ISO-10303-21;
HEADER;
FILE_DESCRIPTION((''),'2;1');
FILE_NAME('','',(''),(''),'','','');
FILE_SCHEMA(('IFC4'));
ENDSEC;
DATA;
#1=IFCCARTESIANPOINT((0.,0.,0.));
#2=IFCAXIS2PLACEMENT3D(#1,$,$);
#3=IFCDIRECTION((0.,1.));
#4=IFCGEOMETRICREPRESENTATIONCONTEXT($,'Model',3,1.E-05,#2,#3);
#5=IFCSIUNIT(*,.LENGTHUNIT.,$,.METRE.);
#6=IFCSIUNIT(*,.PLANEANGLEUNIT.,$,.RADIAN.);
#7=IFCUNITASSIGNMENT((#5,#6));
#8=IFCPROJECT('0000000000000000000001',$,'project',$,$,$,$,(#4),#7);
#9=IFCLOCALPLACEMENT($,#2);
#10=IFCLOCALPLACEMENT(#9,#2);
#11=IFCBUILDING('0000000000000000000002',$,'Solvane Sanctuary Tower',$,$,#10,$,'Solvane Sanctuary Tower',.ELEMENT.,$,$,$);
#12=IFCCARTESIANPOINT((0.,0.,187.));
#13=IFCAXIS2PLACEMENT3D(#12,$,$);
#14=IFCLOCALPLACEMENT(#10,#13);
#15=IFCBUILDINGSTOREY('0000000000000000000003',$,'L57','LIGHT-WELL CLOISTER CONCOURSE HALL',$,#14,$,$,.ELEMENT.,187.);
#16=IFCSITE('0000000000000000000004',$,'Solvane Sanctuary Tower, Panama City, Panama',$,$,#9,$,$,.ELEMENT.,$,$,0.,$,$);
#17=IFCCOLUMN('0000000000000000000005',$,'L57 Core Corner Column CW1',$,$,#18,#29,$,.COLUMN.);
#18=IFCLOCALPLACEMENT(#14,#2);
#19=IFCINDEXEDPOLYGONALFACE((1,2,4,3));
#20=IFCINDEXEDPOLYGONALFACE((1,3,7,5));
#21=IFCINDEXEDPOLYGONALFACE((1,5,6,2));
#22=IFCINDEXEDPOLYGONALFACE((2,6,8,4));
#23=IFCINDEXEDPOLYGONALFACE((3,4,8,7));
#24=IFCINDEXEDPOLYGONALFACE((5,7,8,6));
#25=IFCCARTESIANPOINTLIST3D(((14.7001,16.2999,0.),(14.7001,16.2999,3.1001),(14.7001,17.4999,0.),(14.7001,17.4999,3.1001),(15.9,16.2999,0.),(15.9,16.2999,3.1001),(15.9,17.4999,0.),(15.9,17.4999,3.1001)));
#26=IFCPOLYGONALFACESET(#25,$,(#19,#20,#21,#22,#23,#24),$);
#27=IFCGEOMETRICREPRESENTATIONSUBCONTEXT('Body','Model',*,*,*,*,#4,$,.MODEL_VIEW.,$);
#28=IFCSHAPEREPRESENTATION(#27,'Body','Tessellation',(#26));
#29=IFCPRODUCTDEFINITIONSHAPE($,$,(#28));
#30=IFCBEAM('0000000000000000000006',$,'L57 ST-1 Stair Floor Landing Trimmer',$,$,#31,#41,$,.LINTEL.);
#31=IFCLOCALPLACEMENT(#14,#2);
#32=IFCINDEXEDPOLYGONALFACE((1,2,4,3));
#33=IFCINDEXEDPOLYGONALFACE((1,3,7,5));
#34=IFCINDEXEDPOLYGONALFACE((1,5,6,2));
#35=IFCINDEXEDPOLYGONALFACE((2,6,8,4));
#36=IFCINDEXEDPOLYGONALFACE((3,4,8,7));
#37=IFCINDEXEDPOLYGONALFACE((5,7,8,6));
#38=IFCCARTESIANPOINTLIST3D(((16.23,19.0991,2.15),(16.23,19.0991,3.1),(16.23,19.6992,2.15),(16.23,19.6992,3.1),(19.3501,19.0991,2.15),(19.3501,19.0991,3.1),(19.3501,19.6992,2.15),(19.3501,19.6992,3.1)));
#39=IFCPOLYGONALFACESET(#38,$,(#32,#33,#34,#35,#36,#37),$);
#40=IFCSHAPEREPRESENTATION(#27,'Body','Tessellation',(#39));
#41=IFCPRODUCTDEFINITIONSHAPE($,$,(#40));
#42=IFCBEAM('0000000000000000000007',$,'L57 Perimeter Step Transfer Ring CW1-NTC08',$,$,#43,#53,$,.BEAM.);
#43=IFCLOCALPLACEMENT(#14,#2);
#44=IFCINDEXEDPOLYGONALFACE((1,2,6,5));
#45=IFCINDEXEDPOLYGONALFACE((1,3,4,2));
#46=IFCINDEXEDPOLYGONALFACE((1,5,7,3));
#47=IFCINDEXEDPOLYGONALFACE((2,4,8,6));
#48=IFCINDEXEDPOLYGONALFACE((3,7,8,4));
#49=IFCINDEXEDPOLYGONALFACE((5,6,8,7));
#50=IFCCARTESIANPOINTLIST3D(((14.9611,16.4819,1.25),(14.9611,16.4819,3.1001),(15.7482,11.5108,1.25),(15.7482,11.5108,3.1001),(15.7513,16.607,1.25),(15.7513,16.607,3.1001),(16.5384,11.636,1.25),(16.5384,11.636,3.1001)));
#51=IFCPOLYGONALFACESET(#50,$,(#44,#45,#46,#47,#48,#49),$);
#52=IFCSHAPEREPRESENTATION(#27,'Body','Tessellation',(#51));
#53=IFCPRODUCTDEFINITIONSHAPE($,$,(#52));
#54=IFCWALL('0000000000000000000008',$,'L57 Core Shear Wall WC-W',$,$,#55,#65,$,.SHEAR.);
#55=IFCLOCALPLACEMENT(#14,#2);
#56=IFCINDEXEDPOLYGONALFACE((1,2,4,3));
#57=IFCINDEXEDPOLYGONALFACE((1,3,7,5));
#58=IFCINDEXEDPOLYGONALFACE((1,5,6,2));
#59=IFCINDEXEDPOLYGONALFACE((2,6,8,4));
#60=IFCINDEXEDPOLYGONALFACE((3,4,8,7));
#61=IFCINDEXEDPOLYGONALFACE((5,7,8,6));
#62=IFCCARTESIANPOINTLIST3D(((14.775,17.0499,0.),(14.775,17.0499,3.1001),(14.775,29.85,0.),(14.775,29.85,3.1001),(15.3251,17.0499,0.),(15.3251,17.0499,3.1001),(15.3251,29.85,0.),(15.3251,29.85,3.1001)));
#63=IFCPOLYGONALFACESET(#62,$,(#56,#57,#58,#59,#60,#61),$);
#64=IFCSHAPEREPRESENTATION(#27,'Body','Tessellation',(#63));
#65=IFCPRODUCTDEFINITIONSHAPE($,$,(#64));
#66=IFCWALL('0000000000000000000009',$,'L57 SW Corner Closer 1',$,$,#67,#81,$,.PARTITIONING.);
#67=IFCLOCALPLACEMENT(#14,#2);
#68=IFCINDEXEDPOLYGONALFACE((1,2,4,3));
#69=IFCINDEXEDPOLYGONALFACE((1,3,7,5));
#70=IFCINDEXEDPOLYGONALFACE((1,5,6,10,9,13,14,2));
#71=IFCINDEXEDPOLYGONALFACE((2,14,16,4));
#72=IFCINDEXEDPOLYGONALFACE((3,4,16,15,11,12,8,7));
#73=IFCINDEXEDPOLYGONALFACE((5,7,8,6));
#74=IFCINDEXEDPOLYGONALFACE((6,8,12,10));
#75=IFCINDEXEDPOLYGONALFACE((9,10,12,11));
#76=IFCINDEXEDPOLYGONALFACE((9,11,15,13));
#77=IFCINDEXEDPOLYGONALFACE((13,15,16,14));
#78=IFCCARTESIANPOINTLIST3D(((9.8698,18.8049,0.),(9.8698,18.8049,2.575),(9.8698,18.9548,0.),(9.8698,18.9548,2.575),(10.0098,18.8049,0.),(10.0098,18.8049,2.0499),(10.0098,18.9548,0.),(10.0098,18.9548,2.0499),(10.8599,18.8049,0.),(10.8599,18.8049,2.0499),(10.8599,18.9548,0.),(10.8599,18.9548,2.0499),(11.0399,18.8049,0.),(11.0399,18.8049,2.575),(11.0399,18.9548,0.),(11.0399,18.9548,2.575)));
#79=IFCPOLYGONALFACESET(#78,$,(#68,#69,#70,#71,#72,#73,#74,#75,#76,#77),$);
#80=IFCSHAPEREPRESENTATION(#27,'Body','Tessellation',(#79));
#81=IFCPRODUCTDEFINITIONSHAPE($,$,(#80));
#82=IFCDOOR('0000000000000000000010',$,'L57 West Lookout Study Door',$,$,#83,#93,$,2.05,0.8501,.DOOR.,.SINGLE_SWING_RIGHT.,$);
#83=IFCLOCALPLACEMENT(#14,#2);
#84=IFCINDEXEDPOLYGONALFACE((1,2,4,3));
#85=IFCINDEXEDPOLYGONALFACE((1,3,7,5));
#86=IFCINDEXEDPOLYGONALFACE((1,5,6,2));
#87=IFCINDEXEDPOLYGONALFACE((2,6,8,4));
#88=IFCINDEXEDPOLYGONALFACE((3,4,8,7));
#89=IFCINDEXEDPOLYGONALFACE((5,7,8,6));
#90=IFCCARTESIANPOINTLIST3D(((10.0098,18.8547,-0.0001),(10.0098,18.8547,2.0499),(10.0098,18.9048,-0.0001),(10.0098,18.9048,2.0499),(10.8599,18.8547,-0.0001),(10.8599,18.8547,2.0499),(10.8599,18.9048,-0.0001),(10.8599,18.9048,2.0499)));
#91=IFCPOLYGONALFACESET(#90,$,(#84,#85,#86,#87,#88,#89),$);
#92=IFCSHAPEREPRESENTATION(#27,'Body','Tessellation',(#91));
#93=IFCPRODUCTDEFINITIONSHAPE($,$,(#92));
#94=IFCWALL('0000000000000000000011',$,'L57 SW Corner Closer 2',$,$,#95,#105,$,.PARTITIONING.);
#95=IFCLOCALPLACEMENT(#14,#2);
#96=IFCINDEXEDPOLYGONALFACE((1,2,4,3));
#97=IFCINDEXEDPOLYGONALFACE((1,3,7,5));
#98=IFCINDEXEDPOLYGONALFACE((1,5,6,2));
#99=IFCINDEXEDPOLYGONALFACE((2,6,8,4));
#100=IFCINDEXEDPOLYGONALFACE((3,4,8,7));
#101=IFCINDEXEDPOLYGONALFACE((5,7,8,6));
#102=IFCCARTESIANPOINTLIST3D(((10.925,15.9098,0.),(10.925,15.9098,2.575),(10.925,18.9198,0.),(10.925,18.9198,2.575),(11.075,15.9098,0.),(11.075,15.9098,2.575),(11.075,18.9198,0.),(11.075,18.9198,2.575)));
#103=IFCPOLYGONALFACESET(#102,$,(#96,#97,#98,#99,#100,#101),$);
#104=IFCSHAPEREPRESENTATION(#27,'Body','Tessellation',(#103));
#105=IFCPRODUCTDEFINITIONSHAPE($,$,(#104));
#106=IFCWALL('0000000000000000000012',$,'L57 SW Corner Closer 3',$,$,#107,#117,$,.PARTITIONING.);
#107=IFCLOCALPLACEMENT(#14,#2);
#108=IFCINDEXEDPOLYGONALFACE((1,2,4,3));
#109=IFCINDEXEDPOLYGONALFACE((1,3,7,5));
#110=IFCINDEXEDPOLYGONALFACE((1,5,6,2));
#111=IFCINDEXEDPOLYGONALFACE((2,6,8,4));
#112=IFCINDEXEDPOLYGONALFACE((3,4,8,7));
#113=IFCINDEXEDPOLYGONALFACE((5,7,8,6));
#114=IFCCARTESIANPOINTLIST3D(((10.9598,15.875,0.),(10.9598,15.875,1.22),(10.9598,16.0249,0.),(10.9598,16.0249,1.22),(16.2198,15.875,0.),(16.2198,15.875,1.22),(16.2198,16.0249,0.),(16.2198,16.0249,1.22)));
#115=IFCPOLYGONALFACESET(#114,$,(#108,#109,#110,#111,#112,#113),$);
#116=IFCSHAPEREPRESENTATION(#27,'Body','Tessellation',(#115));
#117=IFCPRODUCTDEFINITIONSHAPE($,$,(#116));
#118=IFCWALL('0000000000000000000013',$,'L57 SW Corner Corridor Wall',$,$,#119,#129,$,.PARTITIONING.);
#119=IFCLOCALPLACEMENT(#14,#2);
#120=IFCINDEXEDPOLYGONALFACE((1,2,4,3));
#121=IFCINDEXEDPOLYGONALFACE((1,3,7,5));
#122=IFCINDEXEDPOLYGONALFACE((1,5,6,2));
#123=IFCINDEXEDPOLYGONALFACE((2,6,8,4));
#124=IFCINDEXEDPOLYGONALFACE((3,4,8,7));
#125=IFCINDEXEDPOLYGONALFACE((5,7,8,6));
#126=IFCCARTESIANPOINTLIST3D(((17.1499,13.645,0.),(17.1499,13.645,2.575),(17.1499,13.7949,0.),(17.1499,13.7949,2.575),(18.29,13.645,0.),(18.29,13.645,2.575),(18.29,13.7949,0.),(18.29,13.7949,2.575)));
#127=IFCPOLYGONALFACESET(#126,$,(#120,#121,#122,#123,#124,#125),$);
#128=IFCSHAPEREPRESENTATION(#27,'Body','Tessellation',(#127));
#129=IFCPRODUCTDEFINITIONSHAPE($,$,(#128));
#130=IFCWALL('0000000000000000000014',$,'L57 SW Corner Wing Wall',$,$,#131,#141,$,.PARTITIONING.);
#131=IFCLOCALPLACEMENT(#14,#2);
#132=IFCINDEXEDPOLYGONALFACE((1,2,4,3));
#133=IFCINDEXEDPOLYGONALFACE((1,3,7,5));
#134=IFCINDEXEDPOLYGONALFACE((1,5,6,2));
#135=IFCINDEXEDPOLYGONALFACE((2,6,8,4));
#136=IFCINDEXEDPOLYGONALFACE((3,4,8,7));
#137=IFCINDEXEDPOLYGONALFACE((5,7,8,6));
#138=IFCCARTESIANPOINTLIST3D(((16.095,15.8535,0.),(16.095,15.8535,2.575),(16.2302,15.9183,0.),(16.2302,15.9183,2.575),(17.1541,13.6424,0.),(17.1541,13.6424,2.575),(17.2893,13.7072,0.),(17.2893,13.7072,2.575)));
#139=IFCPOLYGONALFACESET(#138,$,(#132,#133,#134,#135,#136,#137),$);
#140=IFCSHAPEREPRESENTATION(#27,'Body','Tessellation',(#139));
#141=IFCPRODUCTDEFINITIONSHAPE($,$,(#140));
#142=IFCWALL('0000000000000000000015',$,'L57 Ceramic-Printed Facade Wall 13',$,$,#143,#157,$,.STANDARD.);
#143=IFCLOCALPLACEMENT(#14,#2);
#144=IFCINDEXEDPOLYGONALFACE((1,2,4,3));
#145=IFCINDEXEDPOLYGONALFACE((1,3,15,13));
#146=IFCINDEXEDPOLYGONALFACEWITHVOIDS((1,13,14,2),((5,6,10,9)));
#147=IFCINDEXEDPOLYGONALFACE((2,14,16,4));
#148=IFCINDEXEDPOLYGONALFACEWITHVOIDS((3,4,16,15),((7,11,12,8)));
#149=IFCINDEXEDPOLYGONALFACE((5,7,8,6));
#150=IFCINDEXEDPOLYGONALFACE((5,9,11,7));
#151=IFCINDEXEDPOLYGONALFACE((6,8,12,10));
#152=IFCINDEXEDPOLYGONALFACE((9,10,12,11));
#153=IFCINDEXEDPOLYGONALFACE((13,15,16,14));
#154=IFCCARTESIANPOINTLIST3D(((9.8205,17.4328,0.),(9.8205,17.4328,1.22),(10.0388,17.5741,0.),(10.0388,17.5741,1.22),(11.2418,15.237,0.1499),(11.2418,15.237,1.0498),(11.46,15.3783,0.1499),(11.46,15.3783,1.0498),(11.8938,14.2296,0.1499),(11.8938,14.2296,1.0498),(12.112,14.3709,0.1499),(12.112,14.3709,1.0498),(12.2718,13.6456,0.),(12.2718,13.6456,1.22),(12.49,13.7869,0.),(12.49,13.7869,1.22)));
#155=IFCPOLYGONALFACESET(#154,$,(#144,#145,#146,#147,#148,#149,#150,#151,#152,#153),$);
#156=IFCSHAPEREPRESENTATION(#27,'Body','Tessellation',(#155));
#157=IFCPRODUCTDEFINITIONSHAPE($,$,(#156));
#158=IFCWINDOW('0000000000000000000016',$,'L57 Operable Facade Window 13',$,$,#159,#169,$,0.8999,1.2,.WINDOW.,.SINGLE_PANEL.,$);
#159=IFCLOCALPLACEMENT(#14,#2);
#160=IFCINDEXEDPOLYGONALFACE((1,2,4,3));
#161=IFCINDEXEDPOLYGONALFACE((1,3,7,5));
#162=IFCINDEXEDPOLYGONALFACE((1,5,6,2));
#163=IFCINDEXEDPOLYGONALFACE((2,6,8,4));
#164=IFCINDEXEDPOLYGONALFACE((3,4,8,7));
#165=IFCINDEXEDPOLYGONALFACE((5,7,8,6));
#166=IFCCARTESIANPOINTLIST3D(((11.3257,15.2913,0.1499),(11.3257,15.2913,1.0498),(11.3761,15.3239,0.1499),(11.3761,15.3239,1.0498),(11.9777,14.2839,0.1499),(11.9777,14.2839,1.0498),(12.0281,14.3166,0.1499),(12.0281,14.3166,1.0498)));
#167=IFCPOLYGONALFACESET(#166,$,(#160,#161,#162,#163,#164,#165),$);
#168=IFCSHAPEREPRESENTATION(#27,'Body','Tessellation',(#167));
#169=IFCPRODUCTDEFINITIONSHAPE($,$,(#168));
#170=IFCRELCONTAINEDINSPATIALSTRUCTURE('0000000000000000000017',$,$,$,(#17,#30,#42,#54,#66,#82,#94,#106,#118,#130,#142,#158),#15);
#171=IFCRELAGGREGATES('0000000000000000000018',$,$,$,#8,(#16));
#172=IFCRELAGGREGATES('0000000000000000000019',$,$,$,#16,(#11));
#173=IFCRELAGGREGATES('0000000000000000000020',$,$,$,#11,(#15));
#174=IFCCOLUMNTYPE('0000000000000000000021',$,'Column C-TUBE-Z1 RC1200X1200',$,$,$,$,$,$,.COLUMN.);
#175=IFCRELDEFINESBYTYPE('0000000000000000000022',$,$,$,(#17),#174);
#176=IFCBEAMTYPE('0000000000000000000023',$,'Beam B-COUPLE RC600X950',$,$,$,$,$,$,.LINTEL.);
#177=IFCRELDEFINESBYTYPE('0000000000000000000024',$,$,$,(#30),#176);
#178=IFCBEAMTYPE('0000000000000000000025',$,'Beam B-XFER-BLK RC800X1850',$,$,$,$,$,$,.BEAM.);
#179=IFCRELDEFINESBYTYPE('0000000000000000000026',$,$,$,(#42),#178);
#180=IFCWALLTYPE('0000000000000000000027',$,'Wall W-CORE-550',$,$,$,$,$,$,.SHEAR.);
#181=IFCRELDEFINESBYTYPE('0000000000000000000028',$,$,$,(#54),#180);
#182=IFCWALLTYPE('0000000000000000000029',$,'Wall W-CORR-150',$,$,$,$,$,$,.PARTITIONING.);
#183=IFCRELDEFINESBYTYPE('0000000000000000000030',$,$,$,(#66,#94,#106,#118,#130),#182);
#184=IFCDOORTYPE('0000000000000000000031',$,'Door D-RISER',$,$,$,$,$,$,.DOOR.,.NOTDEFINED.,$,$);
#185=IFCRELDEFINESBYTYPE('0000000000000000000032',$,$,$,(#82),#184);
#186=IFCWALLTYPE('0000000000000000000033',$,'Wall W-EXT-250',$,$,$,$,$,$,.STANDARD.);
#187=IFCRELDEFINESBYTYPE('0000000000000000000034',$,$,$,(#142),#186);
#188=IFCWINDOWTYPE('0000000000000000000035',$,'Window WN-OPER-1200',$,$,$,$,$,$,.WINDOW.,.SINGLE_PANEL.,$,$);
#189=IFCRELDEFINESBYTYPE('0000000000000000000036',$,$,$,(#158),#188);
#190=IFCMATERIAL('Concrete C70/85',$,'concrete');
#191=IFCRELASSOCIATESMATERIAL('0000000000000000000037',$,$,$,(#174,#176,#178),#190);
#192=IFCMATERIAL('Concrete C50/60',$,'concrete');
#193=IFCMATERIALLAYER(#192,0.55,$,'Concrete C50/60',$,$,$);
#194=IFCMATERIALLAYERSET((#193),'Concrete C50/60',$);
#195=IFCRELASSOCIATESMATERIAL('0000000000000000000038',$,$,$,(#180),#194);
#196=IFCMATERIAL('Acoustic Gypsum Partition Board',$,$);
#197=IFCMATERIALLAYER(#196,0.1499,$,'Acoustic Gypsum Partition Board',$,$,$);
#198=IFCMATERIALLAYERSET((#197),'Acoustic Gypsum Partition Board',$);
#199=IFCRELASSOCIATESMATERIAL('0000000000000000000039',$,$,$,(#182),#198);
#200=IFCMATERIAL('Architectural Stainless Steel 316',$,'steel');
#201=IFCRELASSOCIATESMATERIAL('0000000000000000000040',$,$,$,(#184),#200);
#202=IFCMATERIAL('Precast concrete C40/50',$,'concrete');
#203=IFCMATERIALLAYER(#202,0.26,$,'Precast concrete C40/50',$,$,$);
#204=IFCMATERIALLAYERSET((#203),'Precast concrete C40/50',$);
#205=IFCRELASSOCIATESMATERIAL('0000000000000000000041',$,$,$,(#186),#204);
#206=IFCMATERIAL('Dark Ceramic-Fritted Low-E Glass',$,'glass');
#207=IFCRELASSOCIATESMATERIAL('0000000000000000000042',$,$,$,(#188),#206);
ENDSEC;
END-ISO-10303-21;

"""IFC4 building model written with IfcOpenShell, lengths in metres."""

from ifc_helpers import new_model, si_unit, direction, frame, frame_2d, origin, origin_2d, place, context, subcontext, project, spatial, rectangle, extrude, material, layer, layer_set, material_profile, profile_set, type_object, element, fill, save


model = new_model("IFC4")

# Units and contexts
model_context = context("Model", 3, precision=1e-05, world=origin(), true_north=direction((0.0, 1.0)))
body_context = subcontext(model_context, "Body", "Model", "MODEL_VIEW")
ifc_project = project(units=[si_unit("LENGTHUNIT", "METRE"), si_unit("PLANEANGLEUNIT", "RADIAN")], contexts=[model_context])

# Site, building, storey
site_placement = place(None, origin())
site = spatial("IfcSite", under=ifc_project, at=site_placement, Name="Solvane Sanctuary Tower, Panama City, Panama", CompositionType="ELEMENT", RefElevation=0.0)
building_placement = place(site_placement, origin())
building = spatial("IfcBuilding", under=site, at=building_placement, Name="Solvane Sanctuary Tower", LongName="Solvane Sanctuary Tower", CompositionType="ELEMENT")
storey_placement = place(building_placement, frame((0.0, 0.0, 187.0)))
storey = spatial("IfcBuildingStorey", under=building, at=storey_placement, Name="L57", Description="LIGHT-WELL CLOISTER CONCOURSE HALL", CompositionType="ELEMENT", Elevation=187.0)

# Column
ifc_material_1 = material(Name="Concrete C70/85", Category="concrete")
ifc_material_profile_1 = material_profile(ifc_material_1, rectangle(XDim=1.2, YDim=1.2, at=origin_2d()), Name="RC1200X1200")
ifc_profile_set_1 = profile_set([ifc_material_profile_1], Name="Concrete C70/85")
column_type = type_object("IfcColumnType", Name="Column C-TUBE-Z1 RC1200X1200", PredefinedType="COLUMN", material=ifc_profile_set_1)
column_placement = place(storey_placement, frame((15.3, 16.8999, 0.0), z_axis=(0.0, 0.0, 1.0), x_axis=(1.0, 0.0, 0.0)))
element("IfcColumn", 1, at=column_placement, inside=storey, type_object=column_type, Name="L57 Core Corner Column CW1", PredefinedType="COLUMN", context=body_context, shape_type="SweptSolid", body=[
    extrude(rectangle(XDim=1.2, YDim=1.2, at=origin_2d()), origin(), (0.0, 0.0, 1.0), 3.1001),
])

# Beams
ifc_material_profile_2 = material_profile(ifc_material_1, rectangle(XDim=0.6001, YDim=0.95, at=origin_2d()), Name="RC600X950")
ifc_profile_set_2 = profile_set([ifc_material_profile_2], Name="Concrete C70/85")
beam_type_1 = type_object("IfcBeamType", Name="Beam B-COUPLE RC600X950", PredefinedType="LINTEL", material=ifc_profile_set_2)
beam_1_placement = place(storey_placement, frame((16.23, 19.3992, 2.625), z_axis=(1.0, 0.0, 0.0), x_axis=(0.0, 1.0, 0.0)))
element("IfcBeam", 2, at=beam_1_placement, inside=storey, type_object=beam_type_1, Name="L57 ST-1 Stair Floor Landing Trimmer", PredefinedType="LINTEL", context=body_context, shape_type="SweptSolid", body=[
    extrude(rectangle(XDim=0.6001, YDim=0.95, at=origin_2d()), origin(), (0.0, 0.0, 1.0), 3.1201),
])
ifc_material_profile_3 = material_profile(ifc_material_1, rectangle(XDim=0.8, YDim=1.8501, at=origin_2d()), Name="RC800X1850")
ifc_profile_set_3 = profile_set([ifc_material_profile_3], Name="Concrete C70/85")
beam_type_2 = type_object("IfcBeamType", Name="Beam B-XFER-BLK RC800X1850", PredefinedType="BEAM", material=ifc_profile_set_3)
beam_2_placement = place(storey_placement, frame((15.3562, 16.5444, 2.175), z_axis=(0.156394, -0.987695, 0.0), x_axis=(0.987695, 0.156394, 0.0)))
element("IfcBeam", 3, at=beam_2_placement, inside=storey, type_object=beam_type_2, Name="L57 Perimeter Step Transfer Ring CW1-NTC08", PredefinedType="BEAM", context=body_context, shape_type="SweptSolid", body=[
    extrude(rectangle(XDim=0.8, YDim=1.8501, at=origin_2d()), origin(), (0.0, 0.0, 1.0), 5.033),
])

# Wall
ifc_material_2 = material(Name="Concrete C50/60", Category="concrete")
ifc_layer_1 = layer(ifc_material_2, 0.55, Name="Concrete C50/60")
ifc_layer_set_1 = layer_set([ifc_layer_1], Name="Concrete C50/60")
wall_type_1 = type_object("IfcWallType", Name="Wall W-CORE-550", PredefinedType="SHEAR", material=ifc_layer_set_1)
wall_1_placement = place(storey_placement, frame((15.05, 17.05, 0.0), z_axis=(0.0, 0.0, 1.0), x_axis=(0.0, 1.0, 0.0)))
element("IfcWall", 4, at=wall_1_placement, inside=storey, type_object=wall_type_1, Name="L57 Core Shear Wall WC-W", PredefinedType="SHEAR", context=body_context, shape_type="SweptSolid", body=[
    extrude(rectangle(XDim=12.8, YDim=0.55, at=frame_2d((6.3999, 0.0))), origin(), (0.0, 0.0, 1.0), 3.1001),
])

# Wall, opening, door
ifc_material_3 = material(Name="Acoustic Gypsum Partition Board")
ifc_layer_2 = layer(ifc_material_3, 0.1499, Name="Acoustic Gypsum Partition Board")
ifc_layer_set_2 = layer_set([ifc_layer_2], Name="Acoustic Gypsum Partition Board")
wall_type_2 = type_object("IfcWallType", Name="Wall W-CORR-150", PredefinedType="PARTITIONING", material=ifc_layer_set_2)
wall_2_placement = place(storey_placement, frame((9.8699, 18.8799, 0.0), z_axis=(0.0, 0.0, 1.0), x_axis=(1.0, 0.0, 0.0)))
wall_2 = element("IfcWall", 5, at=wall_2_placement, inside=storey, type_object=wall_type_2, Name="L57 SW Corner Closer 1", PredefinedType="PARTITIONING", context=body_context, shape_type="SweptSolid", body=[
    extrude(rectangle(XDim=1.1702, YDim=0.1499, at=frame_2d((0.585, 0.0))), origin(), (0.0, 0.0, 1.0), 2.575),
])
opening_1_placement = place(wall_2_placement, frame((0.1399, 0.0, 0.0)))
opening_1 = element("IfcOpeningElement", 6, at=opening_1_placement, cuts=wall_2, PredefinedType="OPENING", context=body_context, shape_type="SweptSolid", body=[
    extrude(rectangle(XDim=0.8501, YDim=2.05, at=frame_2d((0.425, 1.0249))), frame((0.0, 0.085, 0.0), z_axis=(0.0, -1.0, 0.0), x_axis=(1.0, 0.0, 0.0)), (0.0, 0.0, 1.0), 0.1699),
])
ifc_material_4 = material(Name="Architectural Stainless Steel 316", Category="steel")
door_type_1 = type_object("IfcDoorType", Name="Door D-RISER", OperationType="NOTDEFINED", PredefinedType="DOOR", material=ifc_material_4)
door_1_placement = place(opening_1_placement, origin())
door_1 = element("IfcDoor", 7, at=door_1_placement, inside=storey, type_object=door_type_1, Name="L57 West Lookout Study Door", OperationType="SINGLE_SWING_RIGHT", OverallHeight=2.05, OverallWidth=0.8501, PredefinedType="DOOR", context=body_context, shape_type="SweptSolid", body=[
    extrude(rectangle(XDim=0.8501, YDim=2.05, at=frame_2d((0.425, 1.0249))), frame((0.0, 0.0249, 0.0), z_axis=(0.0, -1.0, 0.0), x_axis=(1.0, 0.0, 0.0)), (0.0, 0.0, 1.0), 0.05),
])
fill(opening_1, door_1)

# Walls
wall_3_placement = place(storey_placement, frame((11.0, 15.9099, 0.0), z_axis=(0.0, 0.0, 1.0), x_axis=(0.0, 1.0, 0.0)))
element("IfcWall", 8, at=wall_3_placement, inside=storey, type_object=wall_type_2, Name="L57 SW Corner Closer 2", PredefinedType="PARTITIONING", context=body_context, shape_type="SweptSolid", body=[
    extrude(rectangle(XDim=3.01, YDim=0.1499, at=frame_2d((1.5049, 0.0))), origin(), (0.0, 0.0, 1.0), 2.575),
])
wall_4_placement = place(storey_placement, frame((10.96, 15.95, 0.0), z_axis=(0.0, 0.0, 1.0), x_axis=(1.0, 0.0, 0.0)))
element("IfcWall", 9, at=wall_4_placement, inside=storey, type_object=wall_type_2, Name="L57 SW Corner Closer 3", PredefinedType="PARTITIONING", context=body_context, shape_type="SweptSolid", body=[
    extrude(rectangle(XDim=5.26, YDim=0.1499, at=frame_2d((2.6299, 0.0))), origin(), (0.0, 0.0, 1.0), 1.22),
])
wall_5_placement = place(storey_placement, frame((17.1499, 13.72, 0.0), z_axis=(0.0, 0.0, 1.0), x_axis=(1.0, 0.0, 0.0)))
element("IfcWall", 10, at=wall_5_placement, inside=storey, type_object=wall_type_2, Name="L57 SW Corner Corridor Wall", PredefinedType="PARTITIONING", context=body_context, shape_type="SweptSolid", body=[
    extrude(rectangle(XDim=1.1401, YDim=0.1499, at=frame_2d((0.5701, 0.0))), origin(), (0.0, 0.0, 1.0), 2.575),
])
wall_6_placement = place(storey_placement, frame((17.2217, 13.6748, 0.0), z_axis=(0.0, 0.0, 1.0), x_axis=(-0.431973, 0.901886, 0.0)))
element("IfcWall", 11, at=wall_6_placement, inside=storey, type_object=wall_type_2, Name="L57 SW Corner Wing Wall", PredefinedType="PARTITIONING", context=body_context, shape_type="SweptSolid", body=[
    extrude(rectangle(XDim=2.4517, YDim=0.1499, at=frame_2d((1.2258, 0.0))), origin(), (0.0, 0.0, 1.0), 2.575),
])

# Wall, opening, window
ifc_material_5 = material(Name="Precast concrete C40/50", Category="concrete")
ifc_layer_3 = layer(ifc_material_5, 0.26, Name="Precast concrete C40/50")
ifc_layer_set_3 = layer_set([ifc_layer_3], Name="Precast concrete C40/50")
wall_type_3 = type_object("IfcWallType", Name="Wall W-EXT-250", PredefinedType="STANDARD", material=ifc_layer_set_3)
wall_7_placement = place(storey_placement, frame((9.9297, 17.5034, 0.0), z_axis=(0.0, 0.0, 1.0), x_axis=(0.543359, -0.8395, 0.0)))
wall_7 = element("IfcWall", 12, at=wall_7_placement, inside=storey, type_object=wall_type_3, Name="L57 Ceramic-Printed Facade Wall 13", PredefinedType="STANDARD", context=body_context, shape_type="SweptSolid", body=[
    extrude(rectangle(XDim=4.5112, YDim=0.26, at=frame_2d((2.2556, 0.0))), origin(), (0.0, 0.0, 1.0), 1.22),
])
opening_2_placement = place(wall_7_placement, frame((2.6155, 0.0, 0.1499)))
opening_2 = element("IfcOpeningElement", 13, at=opening_2_placement, cuts=wall_7, PredefinedType="OPENING", context=body_context, shape_type="SweptSolid", body=[
    extrude(rectangle(XDim=1.2, YDim=0.8999, at=frame_2d((0.6001, 0.45))), frame((0.0, 0.1399, 0.0), z_axis=(0.0, -1.0, 0.0), x_axis=(1.0, 0.0, 0.0)), (0.0, 0.0, 1.0), 0.28),
])
ifc_material_6 = material(Name="Dark Ceramic-Fritted Low-E Glass", Category="glass")
window_type = type_object("IfcWindowType", Name="Window WN-OPER-1200", PartitioningType="SINGLE_PANEL", PredefinedType="WINDOW", material=ifc_material_6)
window_1_placement = place(opening_2_placement, origin())
window_1 = element("IfcWindow", 14, at=window_1_placement, inside=storey, type_object=window_type, Name="L57 Operable Facade Window 13", OverallHeight=0.8999, OverallWidth=1.2, PartitioningType="SINGLE_PANEL", PredefinedType="WINDOW", context=body_context, shape_type="SweptSolid", body=[
    extrude(rectangle(XDim=1.2, YDim=0.8999, at=frame_2d((0.6001, 0.45))), frame((0.0, 0.03, 0.0), z_axis=(0.0, -1.0, 0.0), x_axis=(1.0, 0.0, 0.0)), (0.0, 0.0, 1.0), 0.0601),
])
fill(opening_2, window_1)

save(model, "model.ifc")
